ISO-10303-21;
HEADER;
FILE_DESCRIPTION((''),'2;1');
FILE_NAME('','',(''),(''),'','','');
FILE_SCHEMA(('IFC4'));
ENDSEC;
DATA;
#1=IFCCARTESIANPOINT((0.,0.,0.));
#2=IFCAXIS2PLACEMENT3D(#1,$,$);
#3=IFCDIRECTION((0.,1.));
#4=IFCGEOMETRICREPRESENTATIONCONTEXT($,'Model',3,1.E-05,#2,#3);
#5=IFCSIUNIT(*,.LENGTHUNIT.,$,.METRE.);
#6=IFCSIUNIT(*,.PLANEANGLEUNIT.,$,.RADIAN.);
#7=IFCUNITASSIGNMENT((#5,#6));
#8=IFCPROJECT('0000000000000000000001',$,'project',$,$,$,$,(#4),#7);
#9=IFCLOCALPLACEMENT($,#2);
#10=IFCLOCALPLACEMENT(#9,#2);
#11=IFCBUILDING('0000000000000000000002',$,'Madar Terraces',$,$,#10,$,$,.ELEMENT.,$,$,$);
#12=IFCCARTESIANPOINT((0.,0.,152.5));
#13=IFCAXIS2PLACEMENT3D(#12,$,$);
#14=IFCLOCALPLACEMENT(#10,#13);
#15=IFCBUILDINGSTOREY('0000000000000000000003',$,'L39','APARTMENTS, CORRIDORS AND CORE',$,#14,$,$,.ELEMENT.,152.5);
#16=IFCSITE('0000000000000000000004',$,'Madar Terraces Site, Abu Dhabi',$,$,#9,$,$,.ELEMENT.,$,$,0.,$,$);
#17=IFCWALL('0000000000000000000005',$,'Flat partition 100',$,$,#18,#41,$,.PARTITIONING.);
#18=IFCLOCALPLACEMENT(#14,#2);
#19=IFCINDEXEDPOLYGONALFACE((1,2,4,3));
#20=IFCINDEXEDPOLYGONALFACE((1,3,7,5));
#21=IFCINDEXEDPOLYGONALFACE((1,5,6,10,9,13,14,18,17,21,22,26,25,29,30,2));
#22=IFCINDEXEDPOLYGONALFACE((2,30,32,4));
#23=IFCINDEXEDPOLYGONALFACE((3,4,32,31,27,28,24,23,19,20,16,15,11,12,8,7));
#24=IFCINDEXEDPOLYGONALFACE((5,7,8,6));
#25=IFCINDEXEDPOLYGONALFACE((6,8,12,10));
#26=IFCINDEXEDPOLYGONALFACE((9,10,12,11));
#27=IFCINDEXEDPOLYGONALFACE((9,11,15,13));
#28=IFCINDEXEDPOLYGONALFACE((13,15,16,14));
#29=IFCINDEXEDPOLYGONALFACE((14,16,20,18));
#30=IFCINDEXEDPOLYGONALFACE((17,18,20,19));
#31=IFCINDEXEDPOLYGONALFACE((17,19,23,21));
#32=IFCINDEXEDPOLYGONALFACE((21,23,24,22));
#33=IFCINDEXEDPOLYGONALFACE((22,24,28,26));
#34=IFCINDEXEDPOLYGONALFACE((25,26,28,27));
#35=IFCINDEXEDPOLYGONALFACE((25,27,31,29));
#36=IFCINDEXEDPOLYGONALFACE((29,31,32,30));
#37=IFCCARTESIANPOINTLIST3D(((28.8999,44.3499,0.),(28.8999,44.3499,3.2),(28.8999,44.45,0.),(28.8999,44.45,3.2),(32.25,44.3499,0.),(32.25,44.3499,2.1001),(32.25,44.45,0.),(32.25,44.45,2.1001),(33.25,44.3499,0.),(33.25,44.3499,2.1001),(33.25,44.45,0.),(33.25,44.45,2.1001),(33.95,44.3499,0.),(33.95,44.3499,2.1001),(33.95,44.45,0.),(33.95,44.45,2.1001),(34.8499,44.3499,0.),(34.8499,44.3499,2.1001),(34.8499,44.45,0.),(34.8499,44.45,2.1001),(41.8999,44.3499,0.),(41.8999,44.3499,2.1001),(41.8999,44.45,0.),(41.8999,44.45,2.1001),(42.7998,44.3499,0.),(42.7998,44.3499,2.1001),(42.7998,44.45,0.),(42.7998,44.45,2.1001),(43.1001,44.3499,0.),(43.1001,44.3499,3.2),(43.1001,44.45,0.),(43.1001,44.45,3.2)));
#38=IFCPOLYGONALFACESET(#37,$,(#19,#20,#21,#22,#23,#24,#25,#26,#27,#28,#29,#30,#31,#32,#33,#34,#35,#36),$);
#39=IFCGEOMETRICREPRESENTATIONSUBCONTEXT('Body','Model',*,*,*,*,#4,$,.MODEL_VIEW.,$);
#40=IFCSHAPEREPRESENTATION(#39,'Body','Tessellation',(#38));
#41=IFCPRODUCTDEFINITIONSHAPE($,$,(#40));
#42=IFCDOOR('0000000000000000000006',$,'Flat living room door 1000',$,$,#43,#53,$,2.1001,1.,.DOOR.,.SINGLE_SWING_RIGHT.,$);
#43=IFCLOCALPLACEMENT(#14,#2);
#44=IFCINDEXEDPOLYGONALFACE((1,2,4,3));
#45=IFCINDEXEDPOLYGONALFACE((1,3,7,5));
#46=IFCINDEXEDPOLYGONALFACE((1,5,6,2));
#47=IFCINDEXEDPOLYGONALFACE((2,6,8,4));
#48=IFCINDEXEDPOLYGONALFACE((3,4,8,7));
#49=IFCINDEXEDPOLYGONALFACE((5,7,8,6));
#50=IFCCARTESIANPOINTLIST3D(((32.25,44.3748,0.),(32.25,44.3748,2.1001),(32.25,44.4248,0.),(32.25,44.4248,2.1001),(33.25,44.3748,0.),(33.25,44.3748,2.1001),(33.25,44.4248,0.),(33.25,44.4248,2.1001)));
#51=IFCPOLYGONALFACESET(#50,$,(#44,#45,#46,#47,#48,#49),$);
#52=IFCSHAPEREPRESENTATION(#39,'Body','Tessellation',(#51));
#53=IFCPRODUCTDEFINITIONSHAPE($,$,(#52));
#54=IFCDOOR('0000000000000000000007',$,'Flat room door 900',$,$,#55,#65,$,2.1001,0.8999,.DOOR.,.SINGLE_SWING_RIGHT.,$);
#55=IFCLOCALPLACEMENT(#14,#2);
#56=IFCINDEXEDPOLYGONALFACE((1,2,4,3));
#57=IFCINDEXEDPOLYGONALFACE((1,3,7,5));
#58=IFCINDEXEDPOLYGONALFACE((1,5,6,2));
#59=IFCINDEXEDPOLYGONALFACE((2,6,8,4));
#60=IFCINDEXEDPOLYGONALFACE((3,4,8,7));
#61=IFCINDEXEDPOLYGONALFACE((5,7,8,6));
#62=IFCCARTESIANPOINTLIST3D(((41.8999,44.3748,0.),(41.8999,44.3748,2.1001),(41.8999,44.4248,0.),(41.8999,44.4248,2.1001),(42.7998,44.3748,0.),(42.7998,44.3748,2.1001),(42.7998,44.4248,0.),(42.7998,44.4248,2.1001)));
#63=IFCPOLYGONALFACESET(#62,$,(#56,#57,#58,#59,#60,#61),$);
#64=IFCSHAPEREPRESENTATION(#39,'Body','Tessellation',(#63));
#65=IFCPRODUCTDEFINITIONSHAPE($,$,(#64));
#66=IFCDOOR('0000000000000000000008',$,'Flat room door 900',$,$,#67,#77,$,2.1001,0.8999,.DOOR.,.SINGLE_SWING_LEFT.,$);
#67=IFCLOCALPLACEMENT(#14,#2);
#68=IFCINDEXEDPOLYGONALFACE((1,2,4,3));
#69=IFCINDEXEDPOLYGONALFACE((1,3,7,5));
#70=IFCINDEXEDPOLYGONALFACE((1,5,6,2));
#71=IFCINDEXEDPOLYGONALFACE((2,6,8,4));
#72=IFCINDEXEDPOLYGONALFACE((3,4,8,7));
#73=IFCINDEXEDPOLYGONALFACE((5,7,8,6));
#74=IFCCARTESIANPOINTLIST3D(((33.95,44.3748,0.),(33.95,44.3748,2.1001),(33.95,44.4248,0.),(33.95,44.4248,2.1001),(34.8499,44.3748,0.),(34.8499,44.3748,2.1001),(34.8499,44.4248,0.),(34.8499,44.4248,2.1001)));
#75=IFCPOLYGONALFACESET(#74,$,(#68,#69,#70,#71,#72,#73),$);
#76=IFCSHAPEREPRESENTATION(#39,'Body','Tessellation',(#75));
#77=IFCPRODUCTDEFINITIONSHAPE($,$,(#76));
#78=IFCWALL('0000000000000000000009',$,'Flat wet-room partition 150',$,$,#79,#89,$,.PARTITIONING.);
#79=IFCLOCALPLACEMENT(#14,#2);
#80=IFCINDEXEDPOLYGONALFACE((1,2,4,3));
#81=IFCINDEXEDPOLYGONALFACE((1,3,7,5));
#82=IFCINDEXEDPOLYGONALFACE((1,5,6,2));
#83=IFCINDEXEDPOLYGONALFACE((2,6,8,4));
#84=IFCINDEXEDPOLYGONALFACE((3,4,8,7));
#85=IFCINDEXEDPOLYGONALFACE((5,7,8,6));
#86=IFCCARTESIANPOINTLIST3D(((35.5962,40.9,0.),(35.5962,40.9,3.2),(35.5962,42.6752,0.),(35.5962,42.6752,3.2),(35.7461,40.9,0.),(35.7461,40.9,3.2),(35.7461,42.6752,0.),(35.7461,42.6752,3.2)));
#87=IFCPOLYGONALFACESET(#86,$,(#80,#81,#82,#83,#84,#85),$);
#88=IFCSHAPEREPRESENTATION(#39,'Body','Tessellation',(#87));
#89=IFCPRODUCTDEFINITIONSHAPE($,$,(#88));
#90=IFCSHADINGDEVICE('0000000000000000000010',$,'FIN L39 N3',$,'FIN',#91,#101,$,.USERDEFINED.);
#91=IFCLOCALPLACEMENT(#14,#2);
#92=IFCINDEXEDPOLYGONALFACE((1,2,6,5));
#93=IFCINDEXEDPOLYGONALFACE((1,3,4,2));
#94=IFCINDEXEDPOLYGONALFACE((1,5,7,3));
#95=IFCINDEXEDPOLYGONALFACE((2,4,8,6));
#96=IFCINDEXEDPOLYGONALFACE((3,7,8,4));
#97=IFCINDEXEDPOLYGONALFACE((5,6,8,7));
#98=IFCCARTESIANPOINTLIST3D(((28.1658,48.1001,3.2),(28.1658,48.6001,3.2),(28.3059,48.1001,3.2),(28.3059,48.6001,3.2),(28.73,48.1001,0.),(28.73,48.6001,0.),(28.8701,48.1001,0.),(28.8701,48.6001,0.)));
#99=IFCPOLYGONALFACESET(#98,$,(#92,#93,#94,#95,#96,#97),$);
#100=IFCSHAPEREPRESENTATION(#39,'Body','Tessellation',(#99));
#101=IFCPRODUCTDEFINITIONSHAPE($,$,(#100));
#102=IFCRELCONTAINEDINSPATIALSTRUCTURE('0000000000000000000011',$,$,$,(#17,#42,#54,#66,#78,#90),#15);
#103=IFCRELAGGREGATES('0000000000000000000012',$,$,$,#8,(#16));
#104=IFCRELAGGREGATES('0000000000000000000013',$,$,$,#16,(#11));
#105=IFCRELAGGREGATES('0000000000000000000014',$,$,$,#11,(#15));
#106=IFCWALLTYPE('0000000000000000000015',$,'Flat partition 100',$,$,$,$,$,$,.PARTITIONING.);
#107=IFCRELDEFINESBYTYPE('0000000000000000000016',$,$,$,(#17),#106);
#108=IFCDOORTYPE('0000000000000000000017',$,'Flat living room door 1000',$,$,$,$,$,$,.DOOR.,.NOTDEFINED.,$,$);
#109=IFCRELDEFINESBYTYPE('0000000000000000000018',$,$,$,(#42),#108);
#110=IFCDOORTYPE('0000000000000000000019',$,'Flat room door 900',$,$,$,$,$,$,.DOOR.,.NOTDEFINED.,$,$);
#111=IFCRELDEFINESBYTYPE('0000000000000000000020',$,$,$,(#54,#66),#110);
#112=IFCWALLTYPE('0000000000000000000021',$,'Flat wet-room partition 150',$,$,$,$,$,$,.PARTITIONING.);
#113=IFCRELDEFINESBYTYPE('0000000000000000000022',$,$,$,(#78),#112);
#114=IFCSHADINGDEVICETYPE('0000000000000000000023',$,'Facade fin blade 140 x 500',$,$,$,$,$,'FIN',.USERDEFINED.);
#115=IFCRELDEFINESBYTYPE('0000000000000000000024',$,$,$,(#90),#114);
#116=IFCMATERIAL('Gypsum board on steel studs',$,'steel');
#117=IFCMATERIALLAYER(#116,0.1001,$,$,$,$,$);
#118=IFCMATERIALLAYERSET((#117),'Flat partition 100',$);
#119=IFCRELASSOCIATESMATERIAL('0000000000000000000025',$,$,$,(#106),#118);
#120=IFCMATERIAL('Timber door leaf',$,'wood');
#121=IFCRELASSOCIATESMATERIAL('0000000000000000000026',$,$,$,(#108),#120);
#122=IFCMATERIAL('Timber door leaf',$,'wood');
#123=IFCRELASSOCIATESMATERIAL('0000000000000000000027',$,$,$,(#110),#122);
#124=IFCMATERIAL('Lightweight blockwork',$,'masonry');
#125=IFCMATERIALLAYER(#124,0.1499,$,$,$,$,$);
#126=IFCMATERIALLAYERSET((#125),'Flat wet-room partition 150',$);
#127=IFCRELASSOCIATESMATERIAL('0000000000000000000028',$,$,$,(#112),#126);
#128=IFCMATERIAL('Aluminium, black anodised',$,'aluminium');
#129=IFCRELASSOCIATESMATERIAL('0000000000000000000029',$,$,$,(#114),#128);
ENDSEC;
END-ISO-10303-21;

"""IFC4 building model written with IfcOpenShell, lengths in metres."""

from ifc_helpers import new_model, si_unit, direction, frame, frame_2d, origin, place, context, subcontext, project, spatial, polyline, rectangle, outline, extrude, material, layer, layer_set, type_object, element, fill, save


model = new_model("IFC4")

# Units and contexts
model_context = context("Model", 3, precision=1e-05, world=origin(), true_north=direction((0.0, 1.0)))
body_context = subcontext(model_context, "Body", "Model", "MODEL_VIEW")
ifc_project = project(units=[si_unit("LENGTHUNIT", "METRE"), si_unit("PLANEANGLEUNIT", "RADIAN")], contexts=[model_context])

# Site, building, storey
site_placement = place(None, origin())
site = spatial("IfcSite", under=ifc_project, at=site_placement, Name="Madar Terraces Site, Abu Dhabi", CompositionType="ELEMENT", RefElevation=0.0)
building_placement = place(site_placement, origin())
building = spatial("IfcBuilding", under=site, at=building_placement, Name="Madar Terraces", CompositionType="ELEMENT")
storey_placement = place(building_placement, frame((0.0, 0.0, 152.5)))
storey = spatial("IfcBuildingStorey", under=building, at=storey_placement, Name="L39", Description="APARTMENTS, CORRIDORS AND CORE", CompositionType="ELEMENT", Elevation=152.5)

# Shared definitions
ifc_material_1 = material(Name="Gypsum board on steel studs", Category="steel")
ifc_layer_1 = layer(ifc_material_1, 0.1001)
ifc_layer_set_1 = layer_set([ifc_layer_1], Name="Flat partition 100")
wall_type_1 = type_object("IfcWallType", Name="Flat partition 100", PredefinedType="PARTITIONING", material=ifc_layer_set_1)

# Wall, openings, doors
wall_1_placement = place(storey_placement, frame((28.8999, 44.3999, 0.0), z_axis=(0.0, 0.0, 1.0), x_axis=(1.0, 0.0, 0.0)))
wall_1 = element("IfcWall", 1, at=wall_1_placement, inside=storey, type_object=wall_type_1, Name="Flat partition 100", PredefinedType="PARTITIONING", context=body_context, shape_type="SweptSolid", body=[
    extrude(rectangle(XDim=14.2002, YDim=0.1001, at=frame_2d((7.1001, 0.0))), origin(), (0.0, 0.0, 1.0), 3.2),
])
opening_1_placement = place(wall_1_placement, frame((13.0, 0.0, 0.0)))
opening_1 = element("IfcOpeningElement", 2, at=opening_1_placement, cuts=wall_1, PredefinedType="OPENING", context=body_context, shape_type="SweptSolid", body=[
    extrude(rectangle(XDim=0.8999, YDim=2.1001, at=frame_2d((0.45, 1.05))), frame((0.0, 0.0601, 0.0), z_axis=(0.0, -1.0, 0.0), x_axis=(1.0, 0.0, 0.0)), (0.0, 0.0, 1.0), 0.1201),
])
opening_2_placement = place(wall_1_placement, frame((5.05, 0.0, 0.0)))
opening_2 = element("IfcOpeningElement", 3, at=opening_2_placement, cuts=wall_1, PredefinedType="OPENING", context=body_context, shape_type="SweptSolid", body=[
    extrude(rectangle(XDim=0.8999, YDim=2.1001, at=frame_2d((0.45, 1.05))), frame((0.0, 0.0601, 0.0), z_axis=(0.0, -1.0, 0.0), x_axis=(1.0, 0.0, 0.0)), (0.0, 0.0, 1.0), 0.1201),
])
opening_3_placement = place(wall_1_placement, frame((3.3501, 0.0, 0.0)))
opening_3 = element("IfcOpeningElement", 4, at=opening_3_placement, cuts=wall_1, PredefinedType="OPENING", context=body_context, shape_type="SweptSolid", body=[
    extrude(rectangle(XDim=1.0, YDim=2.1001, at=frame_2d((0.5, 1.05))), frame((0.0, 0.0601, 0.0), z_axis=(0.0, -1.0, 0.0), x_axis=(1.0, 0.0, 0.0)), (0.0, 0.0, 1.0), 0.1201),
])
ifc_material_2 = material(Name="Timber door leaf", Category="wood")
door_type_1 = type_object("IfcDoorType", Name="Flat living room door 1000", OperationType="NOTDEFINED", PredefinedType="DOOR", material=ifc_material_2)
door_1_placement = place(opening_3_placement, origin())
door_1 = element("IfcDoor", 5, at=door_1_placement, inside=storey, type_object=door_type_1, Name="Flat living room door 1000", OperationType="SINGLE_SWING_RIGHT", OverallHeight=2.1001, OverallWidth=1.0, PredefinedType="DOOR", context=body_context, shape_type="SweptSolid", body=[
    extrude(rectangle(XDim=1.0, YDim=2.1001, at=frame_2d((0.5, 1.05))), frame((0.0, 0.0249, 0.0), z_axis=(0.0, -1.0, 0.0), x_axis=(1.0, 0.0, 0.0)), (0.0, 0.0, 1.0), 0.05),
])
fill(opening_3, door_1)
ifc_material_3 = material(Name="Timber door leaf", Category="wood")
door_type_2 = type_object("IfcDoorType", Name="Flat room door 900", OperationType="NOTDEFINED", PredefinedType="DOOR", material=ifc_material_3)
door_2_placement = place(opening_1_placement, origin())
door_2 = element("IfcDoor", 6, at=door_2_placement, inside=storey, type_object=door_type_2, Name="Flat room door 900", OperationType="SINGLE_SWING_RIGHT", OverallHeight=2.1001, OverallWidth=0.8999, PredefinedType="DOOR", context=body_context, shape_type="SweptSolid", body=[
    extrude(rectangle(XDim=0.8999, YDim=2.1001, at=frame_2d((0.45, 1.05))), frame((0.0, 0.0249, 0.0), z_axis=(0.0, -1.0, 0.0), x_axis=(1.0, 0.0, 0.0)), (0.0, 0.0, 1.0), 0.05),
])
fill(opening_1, door_2)
door_3_placement = place(opening_2_placement, origin())
door_3 = element("IfcDoor", 7, at=door_3_placement, inside=storey, type_object=door_type_2, Name="Flat room door 900", OperationType="SINGLE_SWING_LEFT", OverallHeight=2.1001, OverallWidth=0.8999, PredefinedType="DOOR", context=body_context, shape_type="SweptSolid", body=[
    extrude(rectangle(XDim=0.8999, YDim=2.1001, at=frame_2d((0.45, 1.05))), frame((0.0, 0.0249, 0.0), z_axis=(0.0, -1.0, 0.0), x_axis=(1.0, 0.0, 0.0)), (0.0, 0.0, 1.0), 0.05),
])
fill(opening_2, door_3)

# Wall
ifc_material_4 = material(Name="Lightweight blockwork", Category="masonry")
ifc_layer_2 = layer(ifc_material_4, 0.1499)
ifc_layer_set_2 = layer_set([ifc_layer_2], Name="Flat wet-room partition 150")
wall_type_2 = type_object("IfcWallType", Name="Flat wet-room partition 150", PredefinedType="PARTITIONING", material=ifc_layer_set_2)
wall_2_placement = place(storey_placement, frame((35.6711, 40.8999, 0.0), z_axis=(0.0, 0.0, 1.0), x_axis=(0.0, 1.0, 0.0)))
element("IfcWall", 8, at=wall_2_placement, inside=storey, type_object=wall_type_2, Name="Flat wet-room partition 150", PredefinedType="PARTITIONING", context=body_context, shape_type="SweptSolid", body=[
    extrude(rectangle(XDim=1.7751, YDim=0.1499, at=frame_2d((0.8877, 0.0))), origin(), (0.0, 0.0, 1.0), 3.2),
])

# Shading device
ifc_material_5 = material(Name="Aluminium, black anodised", Category="aluminium")
shading_device_type = type_object("IfcShadingDeviceType", Name="Facade fin blade 140 x 500", ElementType="FIN", PredefinedType="USERDEFINED", material=ifc_material_5)
shading_device_placement = place(storey_placement, frame((28.8701, 48.3501, 0.0), z_axis=(0.0, 0.0, 1.0), x_axis=(-1.0, 0.0, 0.0)))
element("IfcShadingDevice", 9, at=shading_device_placement, inside=storey, type_object=shading_device_type, Name="FIN L39 N3", ObjectType="FIN", PredefinedType="USERDEFINED", context=body_context, shape_type="SweptSolid", body=[
    extrude(outline(polyline([(0.0, 0.0), (0.1401, 0.0), (0.7043, 3.2), (0.5642, 3.2), (0.0, 0.0)])), frame((0.0, 0.25, 0.0), z_axis=(0.0, -1.0, 0.0), x_axis=(1.0, 0.0, 0.0)), (0.0, 0.0, 1.0), 0.5),
])

save(model, "model.ifc")
